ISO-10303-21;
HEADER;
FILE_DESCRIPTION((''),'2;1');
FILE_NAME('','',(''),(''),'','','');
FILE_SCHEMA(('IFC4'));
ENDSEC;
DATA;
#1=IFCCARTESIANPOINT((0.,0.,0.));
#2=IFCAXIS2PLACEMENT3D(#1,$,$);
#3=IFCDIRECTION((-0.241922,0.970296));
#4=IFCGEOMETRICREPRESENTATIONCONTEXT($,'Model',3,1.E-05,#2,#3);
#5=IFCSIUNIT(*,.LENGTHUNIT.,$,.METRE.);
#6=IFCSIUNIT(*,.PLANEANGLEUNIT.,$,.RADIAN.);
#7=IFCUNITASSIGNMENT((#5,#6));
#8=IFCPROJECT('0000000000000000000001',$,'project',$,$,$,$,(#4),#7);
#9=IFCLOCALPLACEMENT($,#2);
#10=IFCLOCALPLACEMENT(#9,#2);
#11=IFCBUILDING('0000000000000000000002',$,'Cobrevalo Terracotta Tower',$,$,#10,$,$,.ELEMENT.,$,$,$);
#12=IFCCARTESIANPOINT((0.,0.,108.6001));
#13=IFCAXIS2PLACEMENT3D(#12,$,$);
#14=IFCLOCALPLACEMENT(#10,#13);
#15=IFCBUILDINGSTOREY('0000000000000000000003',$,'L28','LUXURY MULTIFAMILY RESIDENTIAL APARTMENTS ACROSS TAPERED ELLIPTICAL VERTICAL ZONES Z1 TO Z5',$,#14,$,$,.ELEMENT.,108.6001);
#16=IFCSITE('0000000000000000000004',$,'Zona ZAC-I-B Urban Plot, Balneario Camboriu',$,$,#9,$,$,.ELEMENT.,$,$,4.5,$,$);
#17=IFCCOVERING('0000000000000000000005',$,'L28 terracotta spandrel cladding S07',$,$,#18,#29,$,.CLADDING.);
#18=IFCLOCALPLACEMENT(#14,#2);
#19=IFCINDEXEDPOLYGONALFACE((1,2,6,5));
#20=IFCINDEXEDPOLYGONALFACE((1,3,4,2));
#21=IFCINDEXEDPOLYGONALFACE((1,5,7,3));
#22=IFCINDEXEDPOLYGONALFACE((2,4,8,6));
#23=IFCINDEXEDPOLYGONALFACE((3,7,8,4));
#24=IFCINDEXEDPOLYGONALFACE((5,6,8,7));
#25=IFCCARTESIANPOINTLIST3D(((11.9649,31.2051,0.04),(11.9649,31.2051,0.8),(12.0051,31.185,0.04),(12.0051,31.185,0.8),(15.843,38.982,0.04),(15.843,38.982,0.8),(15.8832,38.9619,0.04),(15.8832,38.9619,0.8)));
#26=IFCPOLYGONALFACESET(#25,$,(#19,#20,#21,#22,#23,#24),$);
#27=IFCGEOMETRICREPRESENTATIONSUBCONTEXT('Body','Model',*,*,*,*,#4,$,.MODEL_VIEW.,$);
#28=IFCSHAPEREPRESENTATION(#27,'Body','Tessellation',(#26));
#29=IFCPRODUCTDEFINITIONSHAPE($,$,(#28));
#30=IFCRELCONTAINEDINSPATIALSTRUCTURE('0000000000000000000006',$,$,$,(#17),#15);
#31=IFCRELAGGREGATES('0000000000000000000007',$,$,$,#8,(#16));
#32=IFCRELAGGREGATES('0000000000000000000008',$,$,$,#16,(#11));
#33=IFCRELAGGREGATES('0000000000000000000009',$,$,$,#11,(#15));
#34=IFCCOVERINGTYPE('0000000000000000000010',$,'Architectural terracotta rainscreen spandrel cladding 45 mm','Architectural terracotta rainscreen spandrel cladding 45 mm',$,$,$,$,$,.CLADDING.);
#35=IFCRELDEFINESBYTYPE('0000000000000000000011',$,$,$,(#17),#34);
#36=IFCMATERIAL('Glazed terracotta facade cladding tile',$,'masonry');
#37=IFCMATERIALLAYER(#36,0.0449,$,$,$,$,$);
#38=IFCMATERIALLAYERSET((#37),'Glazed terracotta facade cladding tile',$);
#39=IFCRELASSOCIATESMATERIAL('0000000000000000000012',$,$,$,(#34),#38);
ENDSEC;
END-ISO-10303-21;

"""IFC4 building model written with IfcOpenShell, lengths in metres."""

from ifc_helpers import new_model, si_unit, direction, frame, origin, origin_2d, place, context, subcontext, project, spatial, rectangle, extrude, source, transform, mapped, material, layer, layer_set, type_object, element, save


model = new_model("IFC4")

# Units and contexts
model_context = context("Model", 3, precision=1e-05, world=origin(), true_north=direction((-0.241922, 0.970296)))
body_context = subcontext(model_context, "Body", "Model", "MODEL_VIEW")
ifc_project = project(units=[si_unit("LENGTHUNIT", "METRE"), si_unit("PLANEANGLEUNIT", "RADIAN")], contexts=[model_context])

# Site, building, storey
site_placement = place(None, origin())
site = spatial("IfcSite", under=ifc_project, at=site_placement, Name="Zona ZAC-I-B Urban Plot, Balneario Camboriu", CompositionType="ELEMENT", RefElevation=4.5)
building_placement = place(site_placement, origin())
building = spatial("IfcBuilding", under=site, at=building_placement, Name="Cobrevalo Terracotta Tower", CompositionType="ELEMENT")
storey_placement = place(building_placement, frame((0.0, 0.0, 108.6001)))
storey = spatial("IfcBuildingStorey", under=building, at=storey_placement, Name="L28", Description="LUXURY MULTIFAMILY RESIDENTIAL APARTMENTS ACROSS TAPERED ELLIPTICAL VERTICAL ZONES Z1 TO Z5", CompositionType="ELEMENT", Elevation=108.6001)

# Covering
ifc_material_1 = material(Name="Glazed terracotta facade cladding tile", Category="masonry")
ifc_layer_1 = layer(ifc_material_1, 0.0449)
ifc_layer_set_1 = layer_set([ifc_layer_1], Name="Glazed terracotta facade cladding tile")
covering_type = type_object("IfcCoveringType", Name="Architectural terracotta rainscreen spandrel cladding 45 mm", Description="Architectural terracotta rainscreen spandrel cladding 45 mm", PredefinedType="CLADDING", material=ifc_layer_set_1)
shared_shape_1 = source(origin(), body_context, "Body", "SweptSolid", [
    extrude(rectangle(XDim=8.6902, YDim=0.0449, at=origin_2d()), origin(), (0.0, 0.0, 1.0), 0.76),
])
covering_placement = place(storey_placement, frame((13.9241, 35.0835, 0.04), z_axis=(0.0, 0.0, 1.0), x_axis=(-0.446262, -0.894902, 0.0)))
element("IfcCovering", 1, at=covering_placement, inside=storey, type_object=covering_type, Name="L28 terracotta spandrel cladding S07", PredefinedType="CLADDING", context=body_context, shape_type="MappedRepresentation", body=[
    mapped(shared_shape_1, transform((0.0, 0.0, 0.0), scale=1.0)),
])

save(model, "model.ifc")
